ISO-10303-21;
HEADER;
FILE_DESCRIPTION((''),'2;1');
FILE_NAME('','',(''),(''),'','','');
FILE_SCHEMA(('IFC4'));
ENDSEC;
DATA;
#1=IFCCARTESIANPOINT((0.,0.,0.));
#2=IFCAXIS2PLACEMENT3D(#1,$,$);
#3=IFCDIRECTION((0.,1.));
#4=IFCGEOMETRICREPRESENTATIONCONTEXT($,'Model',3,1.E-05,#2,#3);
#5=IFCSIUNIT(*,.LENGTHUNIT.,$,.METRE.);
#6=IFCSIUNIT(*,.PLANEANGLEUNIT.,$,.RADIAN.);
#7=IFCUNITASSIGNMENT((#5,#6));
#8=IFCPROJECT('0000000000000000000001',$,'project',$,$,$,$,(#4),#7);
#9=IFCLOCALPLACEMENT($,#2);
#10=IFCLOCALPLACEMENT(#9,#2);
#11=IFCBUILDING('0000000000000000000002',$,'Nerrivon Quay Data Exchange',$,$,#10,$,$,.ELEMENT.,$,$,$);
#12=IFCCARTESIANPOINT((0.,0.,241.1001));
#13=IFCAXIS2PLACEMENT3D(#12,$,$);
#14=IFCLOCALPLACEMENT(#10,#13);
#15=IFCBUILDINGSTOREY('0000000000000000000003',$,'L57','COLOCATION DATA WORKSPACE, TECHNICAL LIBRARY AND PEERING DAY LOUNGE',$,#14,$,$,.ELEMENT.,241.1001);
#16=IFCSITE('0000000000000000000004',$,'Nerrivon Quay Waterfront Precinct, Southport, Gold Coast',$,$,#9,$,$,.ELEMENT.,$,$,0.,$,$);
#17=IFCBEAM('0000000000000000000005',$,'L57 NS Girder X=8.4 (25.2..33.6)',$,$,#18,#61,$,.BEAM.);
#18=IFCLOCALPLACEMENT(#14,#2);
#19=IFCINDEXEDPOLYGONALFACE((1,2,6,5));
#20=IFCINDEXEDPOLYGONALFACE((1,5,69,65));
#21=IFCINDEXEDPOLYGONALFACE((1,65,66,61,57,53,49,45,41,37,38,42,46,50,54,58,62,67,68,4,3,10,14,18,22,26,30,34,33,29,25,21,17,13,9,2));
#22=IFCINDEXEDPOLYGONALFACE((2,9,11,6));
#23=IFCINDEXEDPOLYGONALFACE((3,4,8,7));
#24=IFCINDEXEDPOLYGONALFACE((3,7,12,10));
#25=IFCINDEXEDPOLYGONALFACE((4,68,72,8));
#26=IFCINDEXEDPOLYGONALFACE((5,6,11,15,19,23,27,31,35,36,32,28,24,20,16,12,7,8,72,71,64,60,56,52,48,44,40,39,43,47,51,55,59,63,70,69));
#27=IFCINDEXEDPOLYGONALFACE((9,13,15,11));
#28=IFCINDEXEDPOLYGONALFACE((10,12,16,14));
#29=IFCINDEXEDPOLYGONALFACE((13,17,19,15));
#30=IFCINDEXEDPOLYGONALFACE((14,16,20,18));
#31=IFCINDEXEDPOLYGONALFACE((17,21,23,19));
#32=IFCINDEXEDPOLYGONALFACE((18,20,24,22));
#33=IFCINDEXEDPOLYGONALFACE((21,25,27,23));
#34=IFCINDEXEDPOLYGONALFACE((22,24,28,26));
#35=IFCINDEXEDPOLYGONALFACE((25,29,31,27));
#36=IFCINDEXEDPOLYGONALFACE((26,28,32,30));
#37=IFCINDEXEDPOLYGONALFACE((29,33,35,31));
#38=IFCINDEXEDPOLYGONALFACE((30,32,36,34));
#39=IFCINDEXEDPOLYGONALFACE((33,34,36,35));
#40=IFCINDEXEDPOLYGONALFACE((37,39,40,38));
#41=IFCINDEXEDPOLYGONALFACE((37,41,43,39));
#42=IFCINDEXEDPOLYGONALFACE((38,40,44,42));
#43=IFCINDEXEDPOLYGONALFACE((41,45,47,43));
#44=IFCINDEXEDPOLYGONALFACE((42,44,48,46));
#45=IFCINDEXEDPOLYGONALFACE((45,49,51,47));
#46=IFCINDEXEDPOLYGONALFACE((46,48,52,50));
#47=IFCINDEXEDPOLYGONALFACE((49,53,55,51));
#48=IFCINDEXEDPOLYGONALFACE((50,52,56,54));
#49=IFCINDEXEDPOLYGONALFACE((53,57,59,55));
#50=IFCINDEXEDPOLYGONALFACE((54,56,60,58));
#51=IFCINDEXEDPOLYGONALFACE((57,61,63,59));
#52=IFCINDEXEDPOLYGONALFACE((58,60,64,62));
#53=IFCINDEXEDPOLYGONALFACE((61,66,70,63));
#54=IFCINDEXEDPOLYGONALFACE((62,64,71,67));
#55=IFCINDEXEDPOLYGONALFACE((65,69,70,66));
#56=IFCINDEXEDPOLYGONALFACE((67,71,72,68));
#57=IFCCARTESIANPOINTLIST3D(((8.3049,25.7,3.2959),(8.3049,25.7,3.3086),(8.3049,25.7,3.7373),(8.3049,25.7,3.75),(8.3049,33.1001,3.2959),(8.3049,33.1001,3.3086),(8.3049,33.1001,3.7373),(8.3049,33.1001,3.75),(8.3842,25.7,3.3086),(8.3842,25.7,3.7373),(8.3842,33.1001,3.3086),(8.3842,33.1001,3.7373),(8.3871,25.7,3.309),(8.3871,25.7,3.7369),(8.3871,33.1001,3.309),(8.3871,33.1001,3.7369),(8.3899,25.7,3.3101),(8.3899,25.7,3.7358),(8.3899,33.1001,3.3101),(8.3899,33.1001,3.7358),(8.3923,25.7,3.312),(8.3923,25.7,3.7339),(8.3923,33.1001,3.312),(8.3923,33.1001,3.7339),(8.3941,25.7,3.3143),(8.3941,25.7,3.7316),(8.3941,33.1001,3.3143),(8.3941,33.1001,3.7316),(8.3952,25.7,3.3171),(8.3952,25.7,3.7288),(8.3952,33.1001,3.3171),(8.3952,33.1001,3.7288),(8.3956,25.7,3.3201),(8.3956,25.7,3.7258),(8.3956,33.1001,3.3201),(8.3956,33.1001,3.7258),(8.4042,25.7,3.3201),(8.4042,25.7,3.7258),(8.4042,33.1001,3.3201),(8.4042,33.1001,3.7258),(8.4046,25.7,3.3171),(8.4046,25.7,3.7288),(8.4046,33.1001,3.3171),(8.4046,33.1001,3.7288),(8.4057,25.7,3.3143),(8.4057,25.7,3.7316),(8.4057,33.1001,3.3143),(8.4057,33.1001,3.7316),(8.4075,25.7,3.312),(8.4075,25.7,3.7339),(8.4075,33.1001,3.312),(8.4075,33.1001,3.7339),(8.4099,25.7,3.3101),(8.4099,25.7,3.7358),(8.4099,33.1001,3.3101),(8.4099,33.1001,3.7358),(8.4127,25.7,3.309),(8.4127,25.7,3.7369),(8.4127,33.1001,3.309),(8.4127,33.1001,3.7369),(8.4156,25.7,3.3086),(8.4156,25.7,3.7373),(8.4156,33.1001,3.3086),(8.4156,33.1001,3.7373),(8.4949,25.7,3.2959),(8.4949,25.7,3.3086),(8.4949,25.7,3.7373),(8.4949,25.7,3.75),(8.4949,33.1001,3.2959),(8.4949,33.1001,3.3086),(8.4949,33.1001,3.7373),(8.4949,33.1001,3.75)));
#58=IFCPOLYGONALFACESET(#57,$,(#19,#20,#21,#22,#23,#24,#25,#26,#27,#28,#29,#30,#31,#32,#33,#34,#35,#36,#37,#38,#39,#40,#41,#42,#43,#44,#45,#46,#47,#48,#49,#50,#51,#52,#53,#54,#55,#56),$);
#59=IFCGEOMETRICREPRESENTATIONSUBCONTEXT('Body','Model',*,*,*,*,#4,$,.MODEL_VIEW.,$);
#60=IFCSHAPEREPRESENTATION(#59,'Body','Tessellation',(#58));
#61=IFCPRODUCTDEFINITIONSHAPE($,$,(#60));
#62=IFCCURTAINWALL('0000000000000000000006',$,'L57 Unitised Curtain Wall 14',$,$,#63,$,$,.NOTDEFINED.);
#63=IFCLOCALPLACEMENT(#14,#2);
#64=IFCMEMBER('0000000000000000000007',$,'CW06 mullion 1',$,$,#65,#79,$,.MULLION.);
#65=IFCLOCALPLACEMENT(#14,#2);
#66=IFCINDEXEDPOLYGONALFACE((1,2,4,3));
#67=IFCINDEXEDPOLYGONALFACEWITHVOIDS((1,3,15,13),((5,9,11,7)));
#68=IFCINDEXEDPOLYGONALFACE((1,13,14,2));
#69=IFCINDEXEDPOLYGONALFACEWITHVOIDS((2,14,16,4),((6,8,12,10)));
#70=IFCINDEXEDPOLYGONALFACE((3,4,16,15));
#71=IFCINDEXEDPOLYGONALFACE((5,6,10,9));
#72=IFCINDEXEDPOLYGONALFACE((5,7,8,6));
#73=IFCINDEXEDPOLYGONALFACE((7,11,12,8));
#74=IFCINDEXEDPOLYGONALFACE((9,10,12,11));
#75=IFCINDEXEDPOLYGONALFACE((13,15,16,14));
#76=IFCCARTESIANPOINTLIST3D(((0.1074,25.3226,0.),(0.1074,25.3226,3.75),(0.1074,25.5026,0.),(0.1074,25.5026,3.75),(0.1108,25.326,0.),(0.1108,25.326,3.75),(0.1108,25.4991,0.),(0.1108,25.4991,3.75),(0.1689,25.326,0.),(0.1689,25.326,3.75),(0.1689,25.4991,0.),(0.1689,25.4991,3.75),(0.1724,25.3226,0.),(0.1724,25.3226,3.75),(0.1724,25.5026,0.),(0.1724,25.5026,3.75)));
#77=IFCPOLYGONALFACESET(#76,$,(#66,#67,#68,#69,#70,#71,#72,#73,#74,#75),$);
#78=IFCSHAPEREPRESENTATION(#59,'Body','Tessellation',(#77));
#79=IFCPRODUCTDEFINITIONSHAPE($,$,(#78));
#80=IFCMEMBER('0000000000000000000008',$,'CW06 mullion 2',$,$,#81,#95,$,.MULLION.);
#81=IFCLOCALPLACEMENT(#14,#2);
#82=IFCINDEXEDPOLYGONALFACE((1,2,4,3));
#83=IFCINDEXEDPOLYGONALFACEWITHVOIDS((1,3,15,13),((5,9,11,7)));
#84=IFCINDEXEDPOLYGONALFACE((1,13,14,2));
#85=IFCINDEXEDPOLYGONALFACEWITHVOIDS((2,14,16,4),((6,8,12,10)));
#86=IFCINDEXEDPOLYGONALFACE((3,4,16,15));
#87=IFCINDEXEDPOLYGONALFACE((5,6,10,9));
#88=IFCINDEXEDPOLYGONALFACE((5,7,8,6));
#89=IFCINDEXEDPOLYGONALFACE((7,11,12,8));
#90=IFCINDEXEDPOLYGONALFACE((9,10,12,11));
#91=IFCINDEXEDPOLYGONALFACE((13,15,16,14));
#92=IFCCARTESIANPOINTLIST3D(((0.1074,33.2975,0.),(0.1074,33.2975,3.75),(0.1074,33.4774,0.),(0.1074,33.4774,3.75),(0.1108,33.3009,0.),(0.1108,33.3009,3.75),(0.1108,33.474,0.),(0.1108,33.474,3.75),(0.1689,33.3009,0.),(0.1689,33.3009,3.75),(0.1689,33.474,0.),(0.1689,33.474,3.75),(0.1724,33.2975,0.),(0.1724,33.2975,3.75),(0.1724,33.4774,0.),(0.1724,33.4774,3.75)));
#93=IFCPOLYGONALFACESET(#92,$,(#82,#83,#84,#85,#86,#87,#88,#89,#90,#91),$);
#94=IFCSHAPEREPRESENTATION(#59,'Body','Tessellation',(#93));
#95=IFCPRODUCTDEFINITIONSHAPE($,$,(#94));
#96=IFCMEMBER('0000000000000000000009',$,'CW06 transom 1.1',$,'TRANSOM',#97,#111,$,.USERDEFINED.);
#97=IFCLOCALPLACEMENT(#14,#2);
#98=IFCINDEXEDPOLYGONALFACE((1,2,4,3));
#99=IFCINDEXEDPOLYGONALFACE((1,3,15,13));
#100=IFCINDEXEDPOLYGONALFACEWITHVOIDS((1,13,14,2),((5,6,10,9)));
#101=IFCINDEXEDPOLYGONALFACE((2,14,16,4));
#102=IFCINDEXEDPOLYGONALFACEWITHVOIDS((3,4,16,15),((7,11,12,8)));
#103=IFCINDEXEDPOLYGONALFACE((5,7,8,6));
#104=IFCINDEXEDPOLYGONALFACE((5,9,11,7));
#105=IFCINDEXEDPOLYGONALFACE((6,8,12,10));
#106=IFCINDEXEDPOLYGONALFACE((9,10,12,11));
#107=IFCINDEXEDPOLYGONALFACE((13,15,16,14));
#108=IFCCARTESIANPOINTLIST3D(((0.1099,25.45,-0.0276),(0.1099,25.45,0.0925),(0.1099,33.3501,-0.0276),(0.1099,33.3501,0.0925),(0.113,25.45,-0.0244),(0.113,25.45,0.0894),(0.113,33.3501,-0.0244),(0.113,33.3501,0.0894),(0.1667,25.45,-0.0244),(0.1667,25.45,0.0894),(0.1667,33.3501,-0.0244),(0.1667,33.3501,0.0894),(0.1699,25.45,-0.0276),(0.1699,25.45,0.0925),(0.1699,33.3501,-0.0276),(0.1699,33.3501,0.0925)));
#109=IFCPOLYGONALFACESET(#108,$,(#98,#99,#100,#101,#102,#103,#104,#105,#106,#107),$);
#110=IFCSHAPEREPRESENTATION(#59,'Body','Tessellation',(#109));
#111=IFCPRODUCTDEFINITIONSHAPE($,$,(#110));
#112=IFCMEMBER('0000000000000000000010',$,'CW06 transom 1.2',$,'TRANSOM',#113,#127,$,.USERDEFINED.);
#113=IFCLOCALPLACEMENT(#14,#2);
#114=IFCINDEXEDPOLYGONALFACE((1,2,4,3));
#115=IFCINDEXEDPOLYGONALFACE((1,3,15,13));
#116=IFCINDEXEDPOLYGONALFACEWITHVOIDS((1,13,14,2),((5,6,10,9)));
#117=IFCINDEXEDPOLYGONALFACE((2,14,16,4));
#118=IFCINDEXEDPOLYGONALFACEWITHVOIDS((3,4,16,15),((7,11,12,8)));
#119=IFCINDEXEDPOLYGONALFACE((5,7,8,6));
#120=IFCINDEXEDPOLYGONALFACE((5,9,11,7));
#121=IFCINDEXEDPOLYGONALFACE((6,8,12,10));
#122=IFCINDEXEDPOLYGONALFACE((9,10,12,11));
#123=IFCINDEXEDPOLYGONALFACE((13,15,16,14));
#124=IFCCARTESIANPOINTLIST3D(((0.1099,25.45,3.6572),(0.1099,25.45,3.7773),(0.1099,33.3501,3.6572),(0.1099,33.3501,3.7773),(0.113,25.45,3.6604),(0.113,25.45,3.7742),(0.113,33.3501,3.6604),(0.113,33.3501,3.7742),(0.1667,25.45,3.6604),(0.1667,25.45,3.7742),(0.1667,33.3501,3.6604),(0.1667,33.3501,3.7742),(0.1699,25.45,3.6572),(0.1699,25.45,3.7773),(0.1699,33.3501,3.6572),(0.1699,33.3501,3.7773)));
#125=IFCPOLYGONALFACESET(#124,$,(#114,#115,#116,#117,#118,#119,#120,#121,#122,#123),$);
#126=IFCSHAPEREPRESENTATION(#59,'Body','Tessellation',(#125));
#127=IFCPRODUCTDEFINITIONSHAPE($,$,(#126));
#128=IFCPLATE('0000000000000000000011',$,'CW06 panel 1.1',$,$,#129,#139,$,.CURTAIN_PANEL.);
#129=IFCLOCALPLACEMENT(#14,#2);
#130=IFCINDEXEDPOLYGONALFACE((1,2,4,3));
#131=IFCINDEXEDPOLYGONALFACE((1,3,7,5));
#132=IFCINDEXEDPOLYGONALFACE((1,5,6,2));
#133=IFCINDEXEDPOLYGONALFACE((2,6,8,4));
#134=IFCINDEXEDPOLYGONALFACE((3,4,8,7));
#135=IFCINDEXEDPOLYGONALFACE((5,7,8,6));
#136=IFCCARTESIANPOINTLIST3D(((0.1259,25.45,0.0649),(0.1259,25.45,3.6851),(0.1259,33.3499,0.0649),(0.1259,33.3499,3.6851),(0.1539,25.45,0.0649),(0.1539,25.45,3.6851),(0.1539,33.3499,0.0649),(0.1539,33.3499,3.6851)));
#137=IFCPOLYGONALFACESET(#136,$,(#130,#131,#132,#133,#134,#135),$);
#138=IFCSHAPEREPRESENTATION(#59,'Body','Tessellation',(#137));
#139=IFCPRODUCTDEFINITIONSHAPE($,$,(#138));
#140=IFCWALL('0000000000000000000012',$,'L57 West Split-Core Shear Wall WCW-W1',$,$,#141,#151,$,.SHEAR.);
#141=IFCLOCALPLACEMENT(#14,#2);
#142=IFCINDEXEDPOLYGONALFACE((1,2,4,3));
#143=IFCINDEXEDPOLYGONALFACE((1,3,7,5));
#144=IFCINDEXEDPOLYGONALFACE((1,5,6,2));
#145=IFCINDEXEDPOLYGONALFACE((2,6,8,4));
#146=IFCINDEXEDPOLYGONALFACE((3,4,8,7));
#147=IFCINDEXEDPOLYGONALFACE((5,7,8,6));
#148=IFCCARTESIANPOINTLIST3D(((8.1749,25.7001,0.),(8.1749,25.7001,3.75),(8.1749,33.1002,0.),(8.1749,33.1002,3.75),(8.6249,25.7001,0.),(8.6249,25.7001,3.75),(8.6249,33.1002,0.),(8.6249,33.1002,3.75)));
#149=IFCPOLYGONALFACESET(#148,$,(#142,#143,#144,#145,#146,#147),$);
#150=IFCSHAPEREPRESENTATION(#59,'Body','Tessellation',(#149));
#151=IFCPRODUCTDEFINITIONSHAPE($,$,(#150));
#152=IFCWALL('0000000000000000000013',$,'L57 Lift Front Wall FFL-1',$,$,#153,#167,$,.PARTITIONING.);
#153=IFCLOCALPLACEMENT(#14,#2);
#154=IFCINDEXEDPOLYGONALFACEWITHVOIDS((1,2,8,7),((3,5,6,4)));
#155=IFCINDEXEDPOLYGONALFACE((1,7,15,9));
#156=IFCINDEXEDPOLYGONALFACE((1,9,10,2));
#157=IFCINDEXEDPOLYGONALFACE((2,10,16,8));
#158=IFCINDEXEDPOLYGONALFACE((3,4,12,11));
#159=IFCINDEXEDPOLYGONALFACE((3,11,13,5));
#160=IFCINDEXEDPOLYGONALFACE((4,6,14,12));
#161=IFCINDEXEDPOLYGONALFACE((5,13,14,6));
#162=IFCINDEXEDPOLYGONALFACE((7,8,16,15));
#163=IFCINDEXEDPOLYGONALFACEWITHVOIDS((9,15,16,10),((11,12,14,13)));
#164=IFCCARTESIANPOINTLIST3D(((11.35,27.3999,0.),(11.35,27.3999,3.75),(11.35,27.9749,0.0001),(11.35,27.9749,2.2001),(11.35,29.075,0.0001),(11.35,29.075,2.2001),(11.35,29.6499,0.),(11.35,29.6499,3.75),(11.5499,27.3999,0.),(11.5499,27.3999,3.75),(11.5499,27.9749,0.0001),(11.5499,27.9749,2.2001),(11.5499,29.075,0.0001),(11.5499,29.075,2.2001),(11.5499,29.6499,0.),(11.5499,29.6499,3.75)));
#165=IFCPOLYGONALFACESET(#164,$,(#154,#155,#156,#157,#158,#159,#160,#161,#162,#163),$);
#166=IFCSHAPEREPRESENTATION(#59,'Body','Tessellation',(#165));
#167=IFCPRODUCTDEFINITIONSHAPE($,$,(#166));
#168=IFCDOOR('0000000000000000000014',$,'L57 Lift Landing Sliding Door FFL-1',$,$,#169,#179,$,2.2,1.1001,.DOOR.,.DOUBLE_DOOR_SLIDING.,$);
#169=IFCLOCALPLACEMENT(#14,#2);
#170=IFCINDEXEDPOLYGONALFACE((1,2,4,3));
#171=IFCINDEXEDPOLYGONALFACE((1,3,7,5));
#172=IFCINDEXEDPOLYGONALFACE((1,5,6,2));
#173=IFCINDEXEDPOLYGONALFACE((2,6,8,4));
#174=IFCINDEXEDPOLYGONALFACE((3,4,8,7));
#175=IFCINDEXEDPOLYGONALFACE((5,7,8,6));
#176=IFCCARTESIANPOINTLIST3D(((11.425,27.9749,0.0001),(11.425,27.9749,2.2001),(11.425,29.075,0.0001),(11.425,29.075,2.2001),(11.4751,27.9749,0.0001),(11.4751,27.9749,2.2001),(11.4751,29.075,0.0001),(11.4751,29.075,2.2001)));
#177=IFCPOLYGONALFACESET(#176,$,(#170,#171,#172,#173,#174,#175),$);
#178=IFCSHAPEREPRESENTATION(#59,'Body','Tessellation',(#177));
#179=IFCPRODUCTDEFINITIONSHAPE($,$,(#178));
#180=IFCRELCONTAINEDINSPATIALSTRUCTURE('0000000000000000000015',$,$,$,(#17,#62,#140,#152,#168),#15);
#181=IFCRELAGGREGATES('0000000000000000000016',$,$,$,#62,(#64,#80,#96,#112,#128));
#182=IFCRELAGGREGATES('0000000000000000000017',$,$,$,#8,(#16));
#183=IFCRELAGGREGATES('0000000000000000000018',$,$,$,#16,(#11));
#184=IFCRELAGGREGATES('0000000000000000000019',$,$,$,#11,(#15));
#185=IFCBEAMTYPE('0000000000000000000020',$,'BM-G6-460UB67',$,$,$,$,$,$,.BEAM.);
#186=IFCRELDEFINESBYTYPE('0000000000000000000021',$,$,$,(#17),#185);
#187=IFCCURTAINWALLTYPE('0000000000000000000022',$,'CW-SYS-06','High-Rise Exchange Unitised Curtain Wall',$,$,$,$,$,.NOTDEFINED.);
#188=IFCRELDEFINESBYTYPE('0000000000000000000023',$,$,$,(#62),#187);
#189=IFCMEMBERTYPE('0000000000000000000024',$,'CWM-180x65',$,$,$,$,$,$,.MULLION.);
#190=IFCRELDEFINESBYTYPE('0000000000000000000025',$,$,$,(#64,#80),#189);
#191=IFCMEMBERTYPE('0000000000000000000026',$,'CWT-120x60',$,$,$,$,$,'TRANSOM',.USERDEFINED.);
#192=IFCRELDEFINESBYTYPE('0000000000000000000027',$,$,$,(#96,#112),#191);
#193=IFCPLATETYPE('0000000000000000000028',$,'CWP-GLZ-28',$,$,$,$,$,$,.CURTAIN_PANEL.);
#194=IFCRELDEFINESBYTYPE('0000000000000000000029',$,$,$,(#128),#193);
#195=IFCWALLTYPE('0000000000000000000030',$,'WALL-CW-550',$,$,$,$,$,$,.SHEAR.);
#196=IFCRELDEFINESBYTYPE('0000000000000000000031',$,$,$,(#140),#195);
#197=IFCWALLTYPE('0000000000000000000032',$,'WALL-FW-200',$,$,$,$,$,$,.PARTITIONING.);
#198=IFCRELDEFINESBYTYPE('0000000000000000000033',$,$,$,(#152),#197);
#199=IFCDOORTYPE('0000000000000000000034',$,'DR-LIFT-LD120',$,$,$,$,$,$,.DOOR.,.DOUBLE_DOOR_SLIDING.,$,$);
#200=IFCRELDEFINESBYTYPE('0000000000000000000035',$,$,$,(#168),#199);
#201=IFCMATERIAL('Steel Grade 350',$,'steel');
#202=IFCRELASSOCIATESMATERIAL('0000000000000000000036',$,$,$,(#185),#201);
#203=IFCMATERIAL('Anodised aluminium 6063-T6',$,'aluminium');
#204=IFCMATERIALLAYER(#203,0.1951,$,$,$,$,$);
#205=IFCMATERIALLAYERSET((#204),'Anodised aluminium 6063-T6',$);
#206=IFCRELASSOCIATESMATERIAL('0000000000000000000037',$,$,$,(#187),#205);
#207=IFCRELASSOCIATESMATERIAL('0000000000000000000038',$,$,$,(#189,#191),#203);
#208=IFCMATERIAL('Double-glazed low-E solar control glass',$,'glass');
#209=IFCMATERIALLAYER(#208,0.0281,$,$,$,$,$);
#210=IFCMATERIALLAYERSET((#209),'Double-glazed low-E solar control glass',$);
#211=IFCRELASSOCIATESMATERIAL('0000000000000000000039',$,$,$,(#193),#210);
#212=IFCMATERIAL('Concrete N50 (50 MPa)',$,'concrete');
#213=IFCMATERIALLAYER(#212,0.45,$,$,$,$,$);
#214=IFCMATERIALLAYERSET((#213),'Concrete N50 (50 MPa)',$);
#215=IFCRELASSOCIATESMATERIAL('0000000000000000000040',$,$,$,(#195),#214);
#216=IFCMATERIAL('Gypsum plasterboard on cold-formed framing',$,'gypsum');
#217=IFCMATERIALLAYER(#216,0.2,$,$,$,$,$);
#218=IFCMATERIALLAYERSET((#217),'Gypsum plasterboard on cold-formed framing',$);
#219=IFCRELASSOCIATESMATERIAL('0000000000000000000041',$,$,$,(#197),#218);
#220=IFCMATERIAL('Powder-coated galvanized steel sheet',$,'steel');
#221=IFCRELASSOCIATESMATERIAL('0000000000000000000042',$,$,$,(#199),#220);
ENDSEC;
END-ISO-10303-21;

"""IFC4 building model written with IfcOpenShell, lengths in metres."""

from ifc_helpers import new_model, si_unit, direction, frame, frame_2d, origin, origin_2d, place, context, subcontext, project, spatial, rectangle, hollow_rectangle, i_section, extrude, material, layer, layer_set, material_profile, profile_set, type_object, element, fill, aggregate, save


model = new_model("IFC4")

# Units and contexts
model_context = context("Model", 3, precision=1e-05, world=origin(), true_north=direction((0.0, 1.0)))
body_context = subcontext(model_context, "Body", "Model", "MODEL_VIEW")
ifc_project = project(units=[si_unit("LENGTHUNIT", "METRE"), si_unit("PLANEANGLEUNIT", "RADIAN")], contexts=[model_context])

# Site, building, storey
site_placement = place(None, origin())
site = spatial("IfcSite", under=ifc_project, at=site_placement, Name="Nerrivon Quay Waterfront Precinct, Southport, Gold Coast", CompositionType="ELEMENT", RefElevation=0.0)
building_placement = place(site_placement, origin())
building = spatial("IfcBuilding", under=site, at=building_placement, Name="Nerrivon Quay Data Exchange", CompositionType="ELEMENT")
storey_placement = place(building_placement, frame((0.0, 0.0, 241.1001)))
storey = spatial("IfcBuildingStorey", under=building, at=storey_placement, Name="L57", Description="COLOCATION DATA WORKSPACE, TECHNICAL LIBRARY AND PEERING DAY LOUNGE", CompositionType="ELEMENT", Elevation=241.1001)

# Beam
ifc_material_1 = material(Name="Steel Grade 350", Category="steel")
ifc_material_profile_1 = material_profile(ifc_material_1, i_section(OverallWidth=0.1899, OverallDepth=0.4541, WebThickness=0.0085, FlangeThickness=0.0127, FilletRadius=0.0115, at=origin_2d()), Name="460UB67.1")
ifc_profile_set_1 = profile_set([ifc_material_profile_1], Name="Steel Grade 350")
beam_type = type_object("IfcBeamType", Name="BM-G6-460UB67", PredefinedType="BEAM", material=ifc_profile_set_1)
beam_placement = place(storey_placement, frame((8.3999, 25.7, 3.5229), z_axis=(0.0, 1.0, 0.0), x_axis=(-1.0, 0.0, 0.0)))
element("IfcBeam", 1, at=beam_placement, inside=storey, type_object=beam_type, Name="L57 NS Girder X=8.4 (25.2..33.6)", PredefinedType="BEAM", context=body_context, shape_type="SweptSolid", body=[
    extrude(i_section(OverallWidth=0.1899, OverallDepth=0.4541, WebThickness=0.0085, FlangeThickness=0.0127, FilletRadius=0.0115, at=origin_2d()), origin(), (0.0, 0.0, 1.0), 7.4001),
])

# Curtain wall, members, plate
ifc_material_2 = material(Name="Anodised aluminium 6063-T6", Category="aluminium")
ifc_layer_1 = layer(ifc_material_2, 0.1951)
ifc_layer_set_1 = layer_set([ifc_layer_1], Name="Anodised aluminium 6063-T6")
curtain_wall_type = type_object("IfcCurtainWallType", Name="CW-SYS-06", Description="High-Rise Exchange Unitised Curtain Wall", PredefinedType="NOTDEFINED", material=ifc_layer_set_1)
curtain_wall_placement = place(storey_placement, origin())
curtain_wall = element("IfcCurtainWall", 2, at=curtain_wall_placement, inside=storey, type_object=curtain_wall_type, Name="L57 Unitised Curtain Wall 14", PredefinedType="NOTDEFINED")
ifc_material_profile_2 = material_profile(ifc_material_2, hollow_rectangle(XDim=0.0649, YDim=0.1799, WallThickness=0.0034, at=origin_2d()), Name="ALU-MULL-180x65")
ifc_profile_set_2 = profile_set([ifc_material_profile_2], Name="Anodised aluminium 6063-T6")
member_type_1 = type_object("IfcMemberType", Name="CWM-180x65", PredefinedType="MULLION", material=ifc_profile_set_2)
member_1_placement = place(storey_placement, frame((0.1399, 25.4126, 0.0), z_axis=(0.0, 0.0, 1.0), x_axis=(-1.0, 0.0, 0.0)))
member_1 = element("IfcMember", 3, at=member_1_placement, type_object=member_type_1, Name="CW06 mullion 1", PredefinedType="MULLION", context=body_context, shape_type="SweptSolid", body=[
    extrude(hollow_rectangle(XDim=0.0649, YDim=0.1799, WallThickness=0.0034, at=origin_2d()), origin(), (0.0, 0.0, 1.0), 3.75),
])
member_2_placement = place(storey_placement, frame((0.1399, 33.3875, 0.0), z_axis=(0.0, 0.0, 1.0), x_axis=(-1.0, 0.0, 0.0)))
member_2 = element("IfcMember", 4, at=member_2_placement, type_object=member_type_1, Name="CW06 mullion 2", PredefinedType="MULLION", context=body_context, shape_type="SweptSolid", body=[
    extrude(hollow_rectangle(XDim=0.0649, YDim=0.1799, WallThickness=0.0034, at=origin_2d()), origin(), (0.0, 0.0, 1.0), 3.75),
])
ifc_material_profile_3 = material_profile(ifc_material_2, hollow_rectangle(XDim=0.0601, YDim=0.1201, WallThickness=0.0032, at=origin_2d()), Name="ALU-TRAN-120x60")
ifc_profile_set_3 = profile_set([ifc_material_profile_3], Name="Anodised aluminium 6063-T6")
member_type_2 = type_object("IfcMemberType", Name="CWT-120x60", ElementType="TRANSOM", PredefinedType="USERDEFINED", material=ifc_profile_set_3)
member_3_placement = place(storey_placement, frame((0.1399, 25.45, 0.0325), z_axis=(0.0, 1.0, 0.0), x_axis=(-1.0, 0.0, 0.0)))
member_3 = element("IfcMember", 5, at=member_3_placement, type_object=member_type_2, Name="CW06 transom 1.1", ObjectType="TRANSOM", PredefinedType="USERDEFINED", context=body_context, shape_type="SweptSolid", body=[
    extrude(hollow_rectangle(XDim=0.0601, YDim=0.1201, WallThickness=0.0032, at=origin_2d()), origin(), (0.0, 0.0, 1.0), 7.9001),
])
member_4_placement = place(storey_placement, frame((0.1399, 25.45, 3.7173), z_axis=(0.0, 1.0, 0.0), x_axis=(-1.0, 0.0, 0.0)))
member_4 = element("IfcMember", 6, at=member_4_placement, type_object=member_type_2, Name="CW06 transom 1.2", ObjectType="TRANSOM", PredefinedType="USERDEFINED", context=body_context, shape_type="SweptSolid", body=[
    extrude(hollow_rectangle(XDim=0.0601, YDim=0.1201, WallThickness=0.0032, at=origin_2d()), origin(), (0.0, 0.0, 1.0), 7.9001),
])
ifc_material_3 = material(Name="Double-glazed low-E solar control glass", Category="glass")
ifc_layer_2 = layer(ifc_material_3, 0.0281)
ifc_layer_set_2 = layer_set([ifc_layer_2], Name="Double-glazed low-E solar control glass")
plate_type = type_object("IfcPlateType", Name="CWP-GLZ-28", PredefinedType="CURTAIN_PANEL", material=ifc_layer_set_2)
plate_placement = place(storey_placement, frame((0.1399, 29.3999, 0.0649), z_axis=(0.0, 0.0, 1.0), x_axis=(0.0, 1.0, 0.0)))
plate = element("IfcPlate", 7, at=plate_placement, type_object=plate_type, Name="CW06 panel 1.1", PredefinedType="CURTAIN_PANEL", context=body_context, shape_type="SweptSolid", body=[
    extrude(rectangle(XDim=7.8999, YDim=0.0281, at=origin_2d()), origin(), (0.0, 0.0, 1.0), 3.6201),
])
aggregate(curtain_wall, [member_1, member_2, member_3, member_4, plate])

# Wall
ifc_material_4 = material(Name="Concrete N50 (50 MPa)", Category="concrete")
ifc_layer_3 = layer(ifc_material_4, 0.45)
ifc_layer_set_3 = layer_set([ifc_layer_3], Name="Concrete N50 (50 MPa)")
wall_type_1 = type_object("IfcWallType", Name="WALL-CW-550", PredefinedType="SHEAR", material=ifc_layer_set_3)
wall_1_placement = place(storey_placement, frame((8.3999, 25.7, 0.0), z_axis=(0.0, 0.0, 1.0), x_axis=(0.0, 1.0, 0.0)))
element("IfcWall", 8, at=wall_1_placement, inside=storey, type_object=wall_type_1, Name="L57 West Split-Core Shear Wall WCW-W1", PredefinedType="SHEAR", context=body_context, shape_type="SweptSolid", body=[
    extrude(rectangle(XDim=7.4001, YDim=0.45, at=frame_2d((3.7002, 0.0))), origin(), (0.0, 0.0, 1.0), 3.75),
])

# Wall, opening, door
ifc_material_5 = material(Name="Gypsum plasterboard on cold-formed framing", Category="gypsum")
ifc_layer_4 = layer(ifc_material_5, 0.2)
ifc_layer_set_4 = layer_set([ifc_layer_4], Name="Gypsum plasterboard on cold-formed framing")
wall_type_2 = type_object("IfcWallType", Name="WALL-FW-200", PredefinedType="PARTITIONING", material=ifc_layer_set_4)
wall_2_placement = place(storey_placement, frame((11.45, 27.3999, 0.0), z_axis=(0.0, 0.0, 1.0), x_axis=(0.0, 1.0, 0.0)))
wall_2 = element("IfcWall", 9, at=wall_2_placement, inside=storey, type_object=wall_type_2, Name="L57 Lift Front Wall FFL-1", PredefinedType="PARTITIONING", context=body_context, shape_type="SweptSolid", body=[
    extrude(rectangle(XDim=2.25, YDim=0.2, at=frame_2d((1.125, 0.0))), origin(), (0.0, 0.0, 1.0), 3.75),
])
opening_1_placement = place(wall_2_placement, frame((0.575, 0.0, 0.0)))
opening_1 = element("IfcOpeningElement", 10, at=opening_1_placement, cuts=wall_2, PredefinedType="OPENING", context=body_context, shape_type="SweptSolid", body=[
    extrude(rectangle(XDim=1.1001, YDim=2.2, at=frame_2d((0.55, 1.1001))), frame((0.0, 0.1099, 0.0), z_axis=(0.0, -1.0, 0.0), x_axis=(1.0, 0.0, 0.0)), (0.0, 0.0, 1.0), 0.22),
])
ifc_material_6 = material(Name="Powder-coated galvanized steel sheet", Category="steel")
door_type_1 = type_object("IfcDoorType", Name="DR-LIFT-LD120", OperationType="DOUBLE_DOOR_SLIDING", PredefinedType="DOOR", material=ifc_material_6)
door_1_placement = place(opening_1_placement, origin())
door_1 = element("IfcDoor", 11, at=door_1_placement, inside=storey, type_object=door_type_1, Name="L57 Lift Landing Sliding Door FFL-1", OperationType="DOUBLE_DOOR_SLIDING", OverallHeight=2.2, OverallWidth=1.1001, PredefinedType="DOOR", context=body_context, shape_type="SweptSolid", body=[
    extrude(rectangle(XDim=1.1001, YDim=2.2, at=frame_2d((0.55, 1.1001))), frame((0.0, 0.0249, 0.0), z_axis=(0.0, -1.0, 0.0), x_axis=(1.0, 0.0, 0.0)), (0.0, 0.0, 1.0), 0.05),
])
fill(opening_1, door_1)

save(model, "model.ifc")
